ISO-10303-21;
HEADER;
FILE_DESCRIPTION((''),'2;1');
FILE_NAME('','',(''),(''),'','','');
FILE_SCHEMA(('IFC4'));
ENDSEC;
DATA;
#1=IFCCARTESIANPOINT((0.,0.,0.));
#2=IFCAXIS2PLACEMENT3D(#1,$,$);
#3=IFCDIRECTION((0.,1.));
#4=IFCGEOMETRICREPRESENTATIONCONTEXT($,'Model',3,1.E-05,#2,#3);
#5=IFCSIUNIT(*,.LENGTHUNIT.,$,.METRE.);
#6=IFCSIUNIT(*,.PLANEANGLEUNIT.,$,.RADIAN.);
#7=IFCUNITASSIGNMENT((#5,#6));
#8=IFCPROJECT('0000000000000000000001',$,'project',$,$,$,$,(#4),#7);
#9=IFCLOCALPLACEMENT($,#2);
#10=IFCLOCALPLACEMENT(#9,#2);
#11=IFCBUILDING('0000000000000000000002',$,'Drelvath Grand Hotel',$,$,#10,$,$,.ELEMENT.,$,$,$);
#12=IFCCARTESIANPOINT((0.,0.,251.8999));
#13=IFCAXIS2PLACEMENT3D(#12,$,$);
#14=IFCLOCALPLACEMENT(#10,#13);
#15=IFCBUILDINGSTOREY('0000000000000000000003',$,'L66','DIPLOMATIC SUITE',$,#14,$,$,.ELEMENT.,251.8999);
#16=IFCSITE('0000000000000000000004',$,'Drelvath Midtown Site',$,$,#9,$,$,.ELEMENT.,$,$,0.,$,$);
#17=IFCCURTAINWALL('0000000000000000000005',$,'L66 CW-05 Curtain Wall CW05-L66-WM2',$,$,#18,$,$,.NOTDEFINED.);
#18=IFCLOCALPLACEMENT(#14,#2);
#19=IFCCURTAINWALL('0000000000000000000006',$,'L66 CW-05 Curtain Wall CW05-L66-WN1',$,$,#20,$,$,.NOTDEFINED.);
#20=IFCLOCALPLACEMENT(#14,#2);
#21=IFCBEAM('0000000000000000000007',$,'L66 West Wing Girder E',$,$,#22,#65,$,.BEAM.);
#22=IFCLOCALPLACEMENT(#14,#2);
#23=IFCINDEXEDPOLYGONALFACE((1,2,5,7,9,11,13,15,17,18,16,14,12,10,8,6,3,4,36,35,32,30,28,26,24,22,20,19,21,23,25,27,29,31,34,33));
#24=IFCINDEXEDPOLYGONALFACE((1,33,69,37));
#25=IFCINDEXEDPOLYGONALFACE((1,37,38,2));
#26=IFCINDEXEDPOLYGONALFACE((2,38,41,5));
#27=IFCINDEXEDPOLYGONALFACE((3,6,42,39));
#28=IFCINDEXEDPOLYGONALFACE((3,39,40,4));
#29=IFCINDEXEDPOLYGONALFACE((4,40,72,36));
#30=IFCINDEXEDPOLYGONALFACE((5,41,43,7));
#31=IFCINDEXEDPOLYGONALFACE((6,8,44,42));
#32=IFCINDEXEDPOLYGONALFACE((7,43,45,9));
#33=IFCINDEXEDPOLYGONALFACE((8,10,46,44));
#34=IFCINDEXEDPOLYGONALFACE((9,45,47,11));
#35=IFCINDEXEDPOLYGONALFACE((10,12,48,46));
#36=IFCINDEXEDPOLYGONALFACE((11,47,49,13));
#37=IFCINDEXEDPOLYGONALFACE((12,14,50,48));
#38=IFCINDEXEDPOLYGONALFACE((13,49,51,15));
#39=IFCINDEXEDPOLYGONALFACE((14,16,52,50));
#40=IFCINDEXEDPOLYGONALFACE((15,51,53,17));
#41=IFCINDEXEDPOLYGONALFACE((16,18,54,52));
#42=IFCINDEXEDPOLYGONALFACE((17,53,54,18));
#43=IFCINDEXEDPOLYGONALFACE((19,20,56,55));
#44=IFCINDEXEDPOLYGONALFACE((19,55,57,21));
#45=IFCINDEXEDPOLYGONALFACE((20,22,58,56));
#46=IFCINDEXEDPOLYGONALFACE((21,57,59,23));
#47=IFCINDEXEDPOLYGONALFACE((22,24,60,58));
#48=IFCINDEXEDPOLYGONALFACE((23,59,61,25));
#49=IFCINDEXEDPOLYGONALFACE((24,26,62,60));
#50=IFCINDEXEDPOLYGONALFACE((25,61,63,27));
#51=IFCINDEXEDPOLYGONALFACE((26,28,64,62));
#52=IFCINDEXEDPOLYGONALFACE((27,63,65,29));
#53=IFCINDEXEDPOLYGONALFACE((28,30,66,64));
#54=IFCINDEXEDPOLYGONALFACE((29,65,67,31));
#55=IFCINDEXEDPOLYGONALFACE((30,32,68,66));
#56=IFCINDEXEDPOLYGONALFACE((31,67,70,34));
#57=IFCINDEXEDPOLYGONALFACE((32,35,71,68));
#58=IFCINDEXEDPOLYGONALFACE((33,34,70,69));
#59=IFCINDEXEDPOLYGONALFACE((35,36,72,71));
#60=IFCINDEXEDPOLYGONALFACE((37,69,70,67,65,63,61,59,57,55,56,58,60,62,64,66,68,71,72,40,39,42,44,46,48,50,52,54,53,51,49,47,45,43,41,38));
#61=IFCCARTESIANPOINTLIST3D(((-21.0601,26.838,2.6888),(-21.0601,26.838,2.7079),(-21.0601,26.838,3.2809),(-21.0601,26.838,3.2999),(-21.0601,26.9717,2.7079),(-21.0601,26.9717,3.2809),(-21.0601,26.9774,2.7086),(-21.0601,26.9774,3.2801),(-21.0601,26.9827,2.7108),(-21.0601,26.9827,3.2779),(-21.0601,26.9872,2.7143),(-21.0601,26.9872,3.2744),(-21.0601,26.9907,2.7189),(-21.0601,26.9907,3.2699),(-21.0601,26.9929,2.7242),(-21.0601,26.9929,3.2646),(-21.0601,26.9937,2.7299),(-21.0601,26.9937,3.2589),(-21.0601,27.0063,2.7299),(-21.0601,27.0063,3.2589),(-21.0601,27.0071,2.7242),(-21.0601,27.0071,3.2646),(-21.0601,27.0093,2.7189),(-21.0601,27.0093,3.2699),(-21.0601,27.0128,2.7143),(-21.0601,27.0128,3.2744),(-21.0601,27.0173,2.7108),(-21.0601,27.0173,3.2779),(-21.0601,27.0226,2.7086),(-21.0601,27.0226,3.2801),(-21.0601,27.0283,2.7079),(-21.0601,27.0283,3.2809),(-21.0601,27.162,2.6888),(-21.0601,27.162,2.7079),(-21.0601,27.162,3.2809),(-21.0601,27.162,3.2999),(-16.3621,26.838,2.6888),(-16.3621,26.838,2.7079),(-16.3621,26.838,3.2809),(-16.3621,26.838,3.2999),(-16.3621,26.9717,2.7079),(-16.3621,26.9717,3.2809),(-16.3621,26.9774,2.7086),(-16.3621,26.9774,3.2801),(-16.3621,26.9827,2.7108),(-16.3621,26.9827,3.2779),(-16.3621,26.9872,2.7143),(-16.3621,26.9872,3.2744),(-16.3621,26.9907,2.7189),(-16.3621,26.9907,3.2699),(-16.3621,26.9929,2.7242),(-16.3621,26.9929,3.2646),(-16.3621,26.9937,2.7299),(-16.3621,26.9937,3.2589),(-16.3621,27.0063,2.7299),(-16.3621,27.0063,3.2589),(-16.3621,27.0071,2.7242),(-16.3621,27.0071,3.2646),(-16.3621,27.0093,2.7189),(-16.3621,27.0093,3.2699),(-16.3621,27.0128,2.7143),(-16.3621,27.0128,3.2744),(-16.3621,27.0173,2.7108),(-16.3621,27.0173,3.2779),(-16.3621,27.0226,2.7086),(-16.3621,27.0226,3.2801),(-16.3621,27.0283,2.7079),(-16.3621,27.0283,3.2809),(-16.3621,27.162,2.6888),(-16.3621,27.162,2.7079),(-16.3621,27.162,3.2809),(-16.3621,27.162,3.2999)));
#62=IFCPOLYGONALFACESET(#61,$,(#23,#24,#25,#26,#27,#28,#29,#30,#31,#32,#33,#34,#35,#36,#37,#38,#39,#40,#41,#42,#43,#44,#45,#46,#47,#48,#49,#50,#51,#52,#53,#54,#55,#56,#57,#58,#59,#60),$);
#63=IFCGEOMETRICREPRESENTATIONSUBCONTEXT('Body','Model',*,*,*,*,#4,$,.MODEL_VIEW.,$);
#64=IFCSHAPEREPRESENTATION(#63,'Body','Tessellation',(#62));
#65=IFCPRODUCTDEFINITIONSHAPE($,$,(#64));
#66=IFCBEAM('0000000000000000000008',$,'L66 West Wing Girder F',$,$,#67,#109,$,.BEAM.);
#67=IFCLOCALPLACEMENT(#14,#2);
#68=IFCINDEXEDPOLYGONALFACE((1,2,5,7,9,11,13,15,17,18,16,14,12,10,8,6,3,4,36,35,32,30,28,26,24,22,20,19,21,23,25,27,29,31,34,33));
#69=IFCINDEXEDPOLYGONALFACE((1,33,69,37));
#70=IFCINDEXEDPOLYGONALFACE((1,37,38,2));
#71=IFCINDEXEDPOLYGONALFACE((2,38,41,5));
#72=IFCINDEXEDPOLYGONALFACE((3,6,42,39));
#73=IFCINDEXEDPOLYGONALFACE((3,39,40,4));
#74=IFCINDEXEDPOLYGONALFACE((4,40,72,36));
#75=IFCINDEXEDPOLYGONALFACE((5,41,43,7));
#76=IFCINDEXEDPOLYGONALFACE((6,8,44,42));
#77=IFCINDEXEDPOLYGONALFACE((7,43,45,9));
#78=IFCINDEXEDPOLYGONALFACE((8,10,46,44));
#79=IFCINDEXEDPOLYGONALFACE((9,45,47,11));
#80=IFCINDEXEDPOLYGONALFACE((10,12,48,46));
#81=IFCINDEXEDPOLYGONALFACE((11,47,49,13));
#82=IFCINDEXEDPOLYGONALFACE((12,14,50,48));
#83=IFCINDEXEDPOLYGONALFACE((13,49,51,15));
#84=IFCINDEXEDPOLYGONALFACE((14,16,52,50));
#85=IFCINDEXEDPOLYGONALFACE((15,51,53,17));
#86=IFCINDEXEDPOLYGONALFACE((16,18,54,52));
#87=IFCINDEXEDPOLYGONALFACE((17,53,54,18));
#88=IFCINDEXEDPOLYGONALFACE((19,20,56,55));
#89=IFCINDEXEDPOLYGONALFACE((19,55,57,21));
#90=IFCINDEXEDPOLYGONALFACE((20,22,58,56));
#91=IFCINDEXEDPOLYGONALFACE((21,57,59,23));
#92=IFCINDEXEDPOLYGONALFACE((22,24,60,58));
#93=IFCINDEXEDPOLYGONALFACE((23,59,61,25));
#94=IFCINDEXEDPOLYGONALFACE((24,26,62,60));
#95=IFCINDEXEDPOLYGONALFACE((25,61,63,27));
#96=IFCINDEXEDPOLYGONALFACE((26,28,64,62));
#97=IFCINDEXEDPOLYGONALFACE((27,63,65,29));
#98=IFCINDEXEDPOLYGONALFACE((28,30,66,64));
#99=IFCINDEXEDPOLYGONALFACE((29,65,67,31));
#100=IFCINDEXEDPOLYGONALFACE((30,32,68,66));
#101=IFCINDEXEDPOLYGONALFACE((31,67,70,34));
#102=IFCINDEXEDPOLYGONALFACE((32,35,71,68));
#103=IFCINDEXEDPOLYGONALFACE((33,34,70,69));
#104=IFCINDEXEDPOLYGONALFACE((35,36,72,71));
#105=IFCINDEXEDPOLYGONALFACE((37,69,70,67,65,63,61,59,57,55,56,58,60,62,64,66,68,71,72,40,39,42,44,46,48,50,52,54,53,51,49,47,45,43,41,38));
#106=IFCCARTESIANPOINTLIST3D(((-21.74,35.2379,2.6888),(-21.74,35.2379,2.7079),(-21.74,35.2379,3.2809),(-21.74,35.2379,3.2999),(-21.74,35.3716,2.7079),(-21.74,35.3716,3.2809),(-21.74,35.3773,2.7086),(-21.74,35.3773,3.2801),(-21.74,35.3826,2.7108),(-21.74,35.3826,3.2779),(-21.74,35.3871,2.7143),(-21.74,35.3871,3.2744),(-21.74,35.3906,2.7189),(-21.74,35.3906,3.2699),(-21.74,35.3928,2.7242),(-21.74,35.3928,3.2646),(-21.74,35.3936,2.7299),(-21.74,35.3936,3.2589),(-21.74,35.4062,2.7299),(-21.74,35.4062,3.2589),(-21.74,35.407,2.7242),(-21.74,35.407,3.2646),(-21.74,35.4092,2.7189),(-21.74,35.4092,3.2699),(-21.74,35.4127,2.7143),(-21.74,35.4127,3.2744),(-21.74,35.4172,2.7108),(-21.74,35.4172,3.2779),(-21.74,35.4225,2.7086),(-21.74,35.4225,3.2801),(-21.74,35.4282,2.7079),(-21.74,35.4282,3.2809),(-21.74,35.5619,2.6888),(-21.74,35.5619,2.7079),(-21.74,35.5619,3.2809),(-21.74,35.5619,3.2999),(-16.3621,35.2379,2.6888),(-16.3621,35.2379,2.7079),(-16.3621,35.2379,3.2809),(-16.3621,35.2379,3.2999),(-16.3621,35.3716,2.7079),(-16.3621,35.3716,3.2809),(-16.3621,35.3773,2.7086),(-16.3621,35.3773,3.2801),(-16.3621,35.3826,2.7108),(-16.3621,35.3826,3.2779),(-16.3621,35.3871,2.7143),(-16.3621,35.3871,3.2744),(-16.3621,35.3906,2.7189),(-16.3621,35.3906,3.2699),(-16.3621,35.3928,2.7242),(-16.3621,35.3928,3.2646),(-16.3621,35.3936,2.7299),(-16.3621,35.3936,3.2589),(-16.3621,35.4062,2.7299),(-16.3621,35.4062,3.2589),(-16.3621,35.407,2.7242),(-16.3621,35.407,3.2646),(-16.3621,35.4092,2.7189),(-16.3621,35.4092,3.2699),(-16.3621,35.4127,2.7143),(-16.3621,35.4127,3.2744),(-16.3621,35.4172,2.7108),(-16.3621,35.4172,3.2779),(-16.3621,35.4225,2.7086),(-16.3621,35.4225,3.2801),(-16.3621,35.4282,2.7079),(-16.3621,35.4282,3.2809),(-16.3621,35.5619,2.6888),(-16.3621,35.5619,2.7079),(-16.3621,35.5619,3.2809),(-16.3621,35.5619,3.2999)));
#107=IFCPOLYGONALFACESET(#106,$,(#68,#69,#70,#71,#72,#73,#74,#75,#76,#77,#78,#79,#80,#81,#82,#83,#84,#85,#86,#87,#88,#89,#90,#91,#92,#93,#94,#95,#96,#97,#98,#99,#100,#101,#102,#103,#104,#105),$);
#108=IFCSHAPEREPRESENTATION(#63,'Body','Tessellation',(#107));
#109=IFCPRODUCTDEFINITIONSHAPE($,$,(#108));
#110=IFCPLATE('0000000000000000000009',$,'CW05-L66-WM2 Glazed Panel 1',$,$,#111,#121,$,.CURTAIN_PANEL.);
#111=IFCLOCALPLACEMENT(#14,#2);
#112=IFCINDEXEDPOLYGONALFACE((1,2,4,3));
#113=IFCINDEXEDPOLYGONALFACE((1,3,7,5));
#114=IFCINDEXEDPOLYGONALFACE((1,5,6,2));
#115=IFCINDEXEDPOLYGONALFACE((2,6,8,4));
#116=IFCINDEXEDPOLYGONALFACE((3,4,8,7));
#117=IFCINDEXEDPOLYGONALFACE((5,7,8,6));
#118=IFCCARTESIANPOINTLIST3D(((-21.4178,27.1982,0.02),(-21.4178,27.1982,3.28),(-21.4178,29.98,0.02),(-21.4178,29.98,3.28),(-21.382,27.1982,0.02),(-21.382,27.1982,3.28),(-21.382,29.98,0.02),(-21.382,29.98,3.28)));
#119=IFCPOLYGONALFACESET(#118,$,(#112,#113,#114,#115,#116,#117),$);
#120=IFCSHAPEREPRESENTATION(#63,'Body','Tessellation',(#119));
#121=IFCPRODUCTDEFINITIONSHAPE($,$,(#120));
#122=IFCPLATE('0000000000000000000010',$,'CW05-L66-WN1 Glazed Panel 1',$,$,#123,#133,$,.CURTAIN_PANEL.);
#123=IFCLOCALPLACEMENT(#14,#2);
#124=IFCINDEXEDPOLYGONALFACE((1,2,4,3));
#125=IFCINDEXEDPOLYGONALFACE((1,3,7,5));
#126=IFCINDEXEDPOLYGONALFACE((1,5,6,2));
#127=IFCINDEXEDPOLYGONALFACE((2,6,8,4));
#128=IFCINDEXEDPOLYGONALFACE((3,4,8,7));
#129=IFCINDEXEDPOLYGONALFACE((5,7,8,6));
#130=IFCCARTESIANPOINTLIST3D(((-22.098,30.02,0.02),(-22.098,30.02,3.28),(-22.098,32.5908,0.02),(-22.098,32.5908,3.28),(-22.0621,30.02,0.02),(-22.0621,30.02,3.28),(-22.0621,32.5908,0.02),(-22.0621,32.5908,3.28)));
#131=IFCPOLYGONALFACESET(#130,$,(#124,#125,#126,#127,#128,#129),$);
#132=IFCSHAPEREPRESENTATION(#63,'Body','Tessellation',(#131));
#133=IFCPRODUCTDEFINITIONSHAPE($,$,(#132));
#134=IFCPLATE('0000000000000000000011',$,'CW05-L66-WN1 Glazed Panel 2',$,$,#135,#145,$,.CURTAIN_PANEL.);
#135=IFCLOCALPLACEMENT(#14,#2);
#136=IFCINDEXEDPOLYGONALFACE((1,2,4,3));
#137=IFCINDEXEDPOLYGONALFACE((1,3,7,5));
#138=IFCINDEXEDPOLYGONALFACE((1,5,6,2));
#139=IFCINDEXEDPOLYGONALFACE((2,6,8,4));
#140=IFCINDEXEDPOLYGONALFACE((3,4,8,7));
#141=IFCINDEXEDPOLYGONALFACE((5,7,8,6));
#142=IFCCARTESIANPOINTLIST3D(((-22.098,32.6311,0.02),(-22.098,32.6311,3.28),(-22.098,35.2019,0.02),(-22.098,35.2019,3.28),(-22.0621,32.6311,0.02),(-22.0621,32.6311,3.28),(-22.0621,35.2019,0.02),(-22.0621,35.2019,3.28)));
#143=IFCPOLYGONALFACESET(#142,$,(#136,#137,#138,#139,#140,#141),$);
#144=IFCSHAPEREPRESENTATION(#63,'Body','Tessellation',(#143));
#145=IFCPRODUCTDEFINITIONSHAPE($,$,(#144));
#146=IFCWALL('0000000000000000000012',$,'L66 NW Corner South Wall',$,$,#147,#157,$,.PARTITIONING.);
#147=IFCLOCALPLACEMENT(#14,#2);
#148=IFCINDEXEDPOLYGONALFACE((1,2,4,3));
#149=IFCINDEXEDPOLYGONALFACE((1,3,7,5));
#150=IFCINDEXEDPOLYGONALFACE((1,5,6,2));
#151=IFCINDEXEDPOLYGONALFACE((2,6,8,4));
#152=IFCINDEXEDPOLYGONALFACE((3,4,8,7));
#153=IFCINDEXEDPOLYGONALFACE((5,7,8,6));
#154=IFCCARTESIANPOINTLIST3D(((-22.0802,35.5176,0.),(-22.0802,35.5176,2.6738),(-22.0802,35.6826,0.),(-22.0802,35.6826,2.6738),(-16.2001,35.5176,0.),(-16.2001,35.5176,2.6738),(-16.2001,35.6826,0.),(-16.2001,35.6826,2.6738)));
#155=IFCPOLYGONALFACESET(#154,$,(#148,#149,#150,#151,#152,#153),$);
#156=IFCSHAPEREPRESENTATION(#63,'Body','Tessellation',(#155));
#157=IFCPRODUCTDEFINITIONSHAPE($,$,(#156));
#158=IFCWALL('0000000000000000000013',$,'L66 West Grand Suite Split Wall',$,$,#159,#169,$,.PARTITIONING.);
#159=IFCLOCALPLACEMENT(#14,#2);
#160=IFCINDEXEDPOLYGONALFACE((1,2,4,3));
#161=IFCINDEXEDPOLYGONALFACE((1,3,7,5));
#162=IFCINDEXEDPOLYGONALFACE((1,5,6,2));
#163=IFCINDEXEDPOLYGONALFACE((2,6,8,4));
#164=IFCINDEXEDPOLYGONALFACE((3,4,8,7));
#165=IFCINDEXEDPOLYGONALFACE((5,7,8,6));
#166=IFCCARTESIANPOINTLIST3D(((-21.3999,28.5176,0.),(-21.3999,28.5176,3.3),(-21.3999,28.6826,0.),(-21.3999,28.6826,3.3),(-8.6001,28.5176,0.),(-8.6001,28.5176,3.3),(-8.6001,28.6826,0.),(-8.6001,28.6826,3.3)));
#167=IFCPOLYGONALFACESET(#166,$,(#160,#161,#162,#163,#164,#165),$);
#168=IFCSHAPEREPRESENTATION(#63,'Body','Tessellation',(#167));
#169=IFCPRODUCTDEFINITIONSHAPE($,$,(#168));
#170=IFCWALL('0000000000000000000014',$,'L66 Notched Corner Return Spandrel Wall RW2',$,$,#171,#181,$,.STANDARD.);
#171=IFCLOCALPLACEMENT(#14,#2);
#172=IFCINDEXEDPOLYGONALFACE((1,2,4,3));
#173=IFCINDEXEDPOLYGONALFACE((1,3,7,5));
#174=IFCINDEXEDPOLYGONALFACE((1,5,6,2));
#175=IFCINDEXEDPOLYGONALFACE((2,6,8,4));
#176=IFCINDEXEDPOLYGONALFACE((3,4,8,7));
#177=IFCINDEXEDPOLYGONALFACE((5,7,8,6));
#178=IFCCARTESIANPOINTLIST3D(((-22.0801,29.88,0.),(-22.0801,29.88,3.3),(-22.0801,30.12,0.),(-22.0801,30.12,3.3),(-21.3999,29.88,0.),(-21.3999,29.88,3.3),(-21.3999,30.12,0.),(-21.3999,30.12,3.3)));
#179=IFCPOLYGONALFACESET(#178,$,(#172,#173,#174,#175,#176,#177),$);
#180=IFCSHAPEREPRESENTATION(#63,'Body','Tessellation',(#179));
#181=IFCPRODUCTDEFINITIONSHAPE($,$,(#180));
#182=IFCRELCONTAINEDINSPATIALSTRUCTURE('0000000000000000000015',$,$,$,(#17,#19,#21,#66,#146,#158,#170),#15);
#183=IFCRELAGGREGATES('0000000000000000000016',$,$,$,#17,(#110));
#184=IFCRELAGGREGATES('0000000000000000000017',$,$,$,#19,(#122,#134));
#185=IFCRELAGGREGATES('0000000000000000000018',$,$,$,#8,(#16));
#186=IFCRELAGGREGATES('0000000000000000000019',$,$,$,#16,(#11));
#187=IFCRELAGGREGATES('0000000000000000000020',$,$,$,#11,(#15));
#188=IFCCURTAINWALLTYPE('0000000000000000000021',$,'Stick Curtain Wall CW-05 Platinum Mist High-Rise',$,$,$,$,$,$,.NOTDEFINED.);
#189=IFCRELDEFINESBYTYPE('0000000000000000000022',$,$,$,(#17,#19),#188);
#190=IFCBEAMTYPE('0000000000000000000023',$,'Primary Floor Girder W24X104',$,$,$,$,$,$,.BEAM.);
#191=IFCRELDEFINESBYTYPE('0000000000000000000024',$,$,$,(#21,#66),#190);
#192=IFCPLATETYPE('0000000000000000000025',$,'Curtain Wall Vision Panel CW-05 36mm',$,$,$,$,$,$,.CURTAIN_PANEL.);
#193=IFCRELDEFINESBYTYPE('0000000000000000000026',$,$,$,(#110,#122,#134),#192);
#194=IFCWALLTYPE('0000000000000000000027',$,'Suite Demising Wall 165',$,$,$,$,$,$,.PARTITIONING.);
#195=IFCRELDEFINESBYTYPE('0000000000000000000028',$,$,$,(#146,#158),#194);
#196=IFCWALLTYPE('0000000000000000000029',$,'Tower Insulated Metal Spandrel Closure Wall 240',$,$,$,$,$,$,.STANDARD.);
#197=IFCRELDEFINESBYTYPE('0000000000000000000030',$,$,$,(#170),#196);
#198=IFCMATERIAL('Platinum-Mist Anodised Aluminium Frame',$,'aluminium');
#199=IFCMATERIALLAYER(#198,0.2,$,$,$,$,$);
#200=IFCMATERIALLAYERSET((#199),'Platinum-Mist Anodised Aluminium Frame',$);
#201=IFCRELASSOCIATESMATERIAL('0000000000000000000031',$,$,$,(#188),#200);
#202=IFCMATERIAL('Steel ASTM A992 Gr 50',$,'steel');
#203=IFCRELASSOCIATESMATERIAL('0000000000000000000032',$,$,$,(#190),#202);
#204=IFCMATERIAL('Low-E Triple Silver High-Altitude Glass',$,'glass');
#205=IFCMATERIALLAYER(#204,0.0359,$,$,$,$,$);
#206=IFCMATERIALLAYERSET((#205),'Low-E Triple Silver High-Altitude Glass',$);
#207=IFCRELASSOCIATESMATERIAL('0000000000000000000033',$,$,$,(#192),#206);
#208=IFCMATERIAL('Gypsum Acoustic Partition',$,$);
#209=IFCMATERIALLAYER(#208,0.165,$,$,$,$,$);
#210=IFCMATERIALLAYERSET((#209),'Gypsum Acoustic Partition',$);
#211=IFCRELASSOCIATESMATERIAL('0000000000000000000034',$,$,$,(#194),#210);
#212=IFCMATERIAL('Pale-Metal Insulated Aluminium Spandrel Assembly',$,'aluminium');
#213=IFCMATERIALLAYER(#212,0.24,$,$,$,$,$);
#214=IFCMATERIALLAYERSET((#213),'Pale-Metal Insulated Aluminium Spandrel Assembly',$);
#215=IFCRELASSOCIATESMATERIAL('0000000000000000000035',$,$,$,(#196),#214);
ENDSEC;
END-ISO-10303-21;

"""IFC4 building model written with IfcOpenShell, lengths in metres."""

from ifc_helpers import new_model, si_unit, direction, frame, frame_2d, origin, origin_2d, place, context, subcontext, project, spatial, rectangle, i_section, extrude, material, layer, layer_set, material_profile, profile_set, type_object, element, aggregate, save


model = new_model("IFC4")

# Units and contexts
model_context = context("Model", 3, precision=1e-05, world=origin(), true_north=direction((0.0, 1.0)))
body_context = subcontext(model_context, "Body", "Model", "MODEL_VIEW")
ifc_project = project(units=[si_unit("LENGTHUNIT", "METRE"), si_unit("PLANEANGLEUNIT", "RADIAN")], contexts=[model_context])

# Site, building, storey
site_placement = place(None, origin())
site = spatial("IfcSite", under=ifc_project, at=site_placement, Name="Drelvath Midtown Site", CompositionType="ELEMENT", RefElevation=0.0)
building_placement = place(site_placement, origin())
building = spatial("IfcBuilding", under=site, at=building_placement, Name="Drelvath Grand Hotel", CompositionType="ELEMENT")
storey_placement = place(building_placement, frame((0.0, 0.0, 251.8999)))
storey = spatial("IfcBuildingStorey", under=building, at=storey_placement, Name="L66", Description="DIPLOMATIC SUITE", CompositionType="ELEMENT", Elevation=251.8999)

# Curtain walls
ifc_material_1 = material(Name="Platinum-Mist Anodised Aluminium Frame", Category="aluminium")
ifc_layer_1 = layer(ifc_material_1, 0.2)
ifc_layer_set_1 = layer_set([ifc_layer_1], Name="Platinum-Mist Anodised Aluminium Frame")
curtain_wall_type = type_object("IfcCurtainWallType", Name="Stick Curtain Wall CW-05 Platinum Mist High-Rise", PredefinedType="NOTDEFINED", material=ifc_layer_set_1)
curtain_wall_1_placement = place(storey_placement, origin())
curtain_wall_1 = element("IfcCurtainWall", 1, at=curtain_wall_1_placement, inside=storey, type_object=curtain_wall_type, Name="L66 CW-05 Curtain Wall CW05-L66-WM2", PredefinedType="NOTDEFINED")
curtain_wall_2_placement = place(storey_placement, origin())
curtain_wall_2 = element("IfcCurtainWall", 2, at=curtain_wall_2_placement, inside=storey, type_object=curtain_wall_type, Name="L66 CW-05 Curtain Wall CW05-L66-WN1", PredefinedType="NOTDEFINED")

# Beams
ifc_material_2 = material(Name="Steel ASTM A992 Gr 50", Category="steel")
ifc_material_profile_1 = material_profile(ifc_material_2, i_section(OverallWidth=0.324, OverallDepth=0.6111, WebThickness=0.0127, FlangeThickness=0.019, FilletRadius=0.022, at=origin_2d()), Name="W24X104")
ifc_profile_set_1 = profile_set([ifc_material_profile_1], Name="Steel ASTM A992 Gr 50")
beam_type_1 = type_object("IfcBeamType", Name="Primary Floor Girder W24X104", PredefinedType="BEAM", material=ifc_profile_set_1)
beam_1_placement = place(storey_placement, frame((-21.0601, 27.0, 2.9944), z_axis=(1.0, 0.0, 0.0), x_axis=(0.0, 1.0, 0.0)))
element("IfcBeam", 3, at=beam_1_placement, inside=storey, type_object=beam_type_1, Name="L66 West Wing Girder E", PredefinedType="BEAM", context=body_context, shape_type="SweptSolid", body=[
    extrude(i_section(OverallWidth=0.324, OverallDepth=0.6111, WebThickness=0.0127, FlangeThickness=0.019, FilletRadius=0.022, at=origin_2d()), origin(), (0.0, 0.0, 1.0), 4.698),
])
beam_2_placement = place(storey_placement, frame((-21.74, 35.3999, 2.9944), z_axis=(1.0, 0.0, 0.0), x_axis=(0.0, 1.0, 0.0)))
element("IfcBeam", 4, at=beam_2_placement, inside=storey, type_object=beam_type_1, Name="L66 West Wing Girder F", PredefinedType="BEAM", context=body_context, shape_type="SweptSolid", body=[
    extrude(i_section(OverallWidth=0.324, OverallDepth=0.6111, WebThickness=0.0127, FlangeThickness=0.019, FilletRadius=0.022, at=origin_2d()), origin(), (0.0, 0.0, 1.0), 5.3779),
])

# Plates
ifc_material_3 = material(Name="Low-E Triple Silver High-Altitude Glass", Category="glass")
ifc_layer_2 = layer(ifc_material_3, 0.0359)
ifc_layer_set_2 = layer_set([ifc_layer_2], Name="Low-E Triple Silver High-Altitude Glass")
plate_type = type_object("IfcPlateType", Name="Curtain Wall Vision Panel CW-05 36mm", PredefinedType="CURTAIN_PANEL", material=ifc_layer_set_2)
plate_1_placement = place(storey_placement, frame((-21.3999, 28.5891, 0.02), z_axis=(0.0, 0.0, 1.0), x_axis=(0.0, 1.0, 0.0)))
plate_1 = element("IfcPlate", 5, at=plate_1_placement, type_object=plate_type, Name="CW05-L66-WM2 Glazed Panel 1", PredefinedType="CURTAIN_PANEL", context=body_context, shape_type="SweptSolid", body=[
    extrude(rectangle(XDim=2.7817, YDim=0.0359, at=origin_2d()), origin(), (0.0, 0.0, 1.0), 3.26),
])
aggregate(curtain_wall_1, [plate_1])
plate_2_placement = place(storey_placement, frame((-22.0801, 31.3054, 0.02), z_axis=(0.0, 0.0, 1.0), x_axis=(0.0, 1.0, 0.0)))
plate_2 = element("IfcPlate", 6, at=plate_2_placement, type_object=plate_type, Name="CW05-L66-WN1 Glazed Panel 1", PredefinedType="CURTAIN_PANEL", context=body_context, shape_type="SweptSolid", body=[
    extrude(rectangle(XDim=2.5708, YDim=0.0359, at=origin_2d()), origin(), (0.0, 0.0, 1.0), 3.26),
])
plate_3_placement = place(storey_placement, frame((-22.0801, 33.9165, 0.02), z_axis=(0.0, 0.0, 1.0), x_axis=(0.0, 1.0, 0.0)))
plate_3 = element("IfcPlate", 7, at=plate_3_placement, type_object=plate_type, Name="CW05-L66-WN1 Glazed Panel 2", PredefinedType="CURTAIN_PANEL", context=body_context, shape_type="SweptSolid", body=[
    extrude(rectangle(XDim=2.5708, YDim=0.0359, at=origin_2d()), origin(), (0.0, 0.0, 1.0), 3.26),
])
aggregate(curtain_wall_2, [plate_2, plate_3])

# Walls
ifc_material_4 = material(Name="Gypsum Acoustic Partition")
ifc_layer_3 = layer(ifc_material_4, 0.165)
ifc_layer_set_3 = layer_set([ifc_layer_3], Name="Gypsum Acoustic Partition")
wall_type_1 = type_object("IfcWallType", Name="Suite Demising Wall 165", PredefinedType="PARTITIONING", material=ifc_layer_set_3)
wall_1_placement = place(storey_placement, frame((-22.0801, 35.6001, 0.0), z_axis=(0.0, 0.0, 1.0), x_axis=(1.0, 0.0, 0.0)))
element("IfcWall", 8, at=wall_1_placement, inside=storey, type_object=wall_type_1, Name="L66 NW Corner South Wall", PredefinedType="PARTITIONING", context=body_context, shape_type="SweptSolid", body=[
    extrude(rectangle(XDim=5.8801, YDim=0.165, at=frame_2d((2.9399, 0.0))), origin(), (0.0, 0.0, 1.0), 2.6738),
])
wall_2_placement = place(storey_placement, frame((-21.3999, 28.6001, 0.0), z_axis=(0.0, 0.0, 1.0), x_axis=(1.0, 0.0, 0.0)))
element("IfcWall", 9, at=wall_2_placement, inside=storey, type_object=wall_type_1, Name="L66 West Grand Suite Split Wall", PredefinedType="PARTITIONING", context=body_context, shape_type="SweptSolid", body=[
    extrude(rectangle(XDim=12.7998, YDim=0.165, at=frame_2d((6.3999, 0.0))), origin(), (0.0, 0.0, 1.0), 3.3),
])
ifc_material_5 = material(Name="Pale-Metal Insulated Aluminium Spandrel Assembly", Category="aluminium")
ifc_layer_4 = layer(ifc_material_5, 0.24)
ifc_layer_set_4 = layer_set([ifc_layer_4], Name="Pale-Metal Insulated Aluminium Spandrel Assembly")
wall_type_2 = type_object("IfcWallType", Name="Tower Insulated Metal Spandrel Closure Wall 240", PredefinedType="STANDARD", material=ifc_layer_set_4)
wall_3_placement = place(storey_placement, frame((-21.3999, 30.0, 0.0), z_axis=(0.0, 0.0, 1.0), x_axis=(-1.0, 0.0, 0.0)))
element("IfcWall", 10, at=wall_3_placement, inside=storey, type_object=wall_type_2, Name="L66 Notched Corner Return Spandrel Wall RW2", PredefinedType="STANDARD", context=body_context, shape_type="SweptSolid", body=[
    extrude(rectangle(XDim=0.6802, YDim=0.24, at=frame_2d((0.3401, 0.0))), origin(), (0.0, 0.0, 1.0), 3.3),
])

save(model, "model.ifc")
